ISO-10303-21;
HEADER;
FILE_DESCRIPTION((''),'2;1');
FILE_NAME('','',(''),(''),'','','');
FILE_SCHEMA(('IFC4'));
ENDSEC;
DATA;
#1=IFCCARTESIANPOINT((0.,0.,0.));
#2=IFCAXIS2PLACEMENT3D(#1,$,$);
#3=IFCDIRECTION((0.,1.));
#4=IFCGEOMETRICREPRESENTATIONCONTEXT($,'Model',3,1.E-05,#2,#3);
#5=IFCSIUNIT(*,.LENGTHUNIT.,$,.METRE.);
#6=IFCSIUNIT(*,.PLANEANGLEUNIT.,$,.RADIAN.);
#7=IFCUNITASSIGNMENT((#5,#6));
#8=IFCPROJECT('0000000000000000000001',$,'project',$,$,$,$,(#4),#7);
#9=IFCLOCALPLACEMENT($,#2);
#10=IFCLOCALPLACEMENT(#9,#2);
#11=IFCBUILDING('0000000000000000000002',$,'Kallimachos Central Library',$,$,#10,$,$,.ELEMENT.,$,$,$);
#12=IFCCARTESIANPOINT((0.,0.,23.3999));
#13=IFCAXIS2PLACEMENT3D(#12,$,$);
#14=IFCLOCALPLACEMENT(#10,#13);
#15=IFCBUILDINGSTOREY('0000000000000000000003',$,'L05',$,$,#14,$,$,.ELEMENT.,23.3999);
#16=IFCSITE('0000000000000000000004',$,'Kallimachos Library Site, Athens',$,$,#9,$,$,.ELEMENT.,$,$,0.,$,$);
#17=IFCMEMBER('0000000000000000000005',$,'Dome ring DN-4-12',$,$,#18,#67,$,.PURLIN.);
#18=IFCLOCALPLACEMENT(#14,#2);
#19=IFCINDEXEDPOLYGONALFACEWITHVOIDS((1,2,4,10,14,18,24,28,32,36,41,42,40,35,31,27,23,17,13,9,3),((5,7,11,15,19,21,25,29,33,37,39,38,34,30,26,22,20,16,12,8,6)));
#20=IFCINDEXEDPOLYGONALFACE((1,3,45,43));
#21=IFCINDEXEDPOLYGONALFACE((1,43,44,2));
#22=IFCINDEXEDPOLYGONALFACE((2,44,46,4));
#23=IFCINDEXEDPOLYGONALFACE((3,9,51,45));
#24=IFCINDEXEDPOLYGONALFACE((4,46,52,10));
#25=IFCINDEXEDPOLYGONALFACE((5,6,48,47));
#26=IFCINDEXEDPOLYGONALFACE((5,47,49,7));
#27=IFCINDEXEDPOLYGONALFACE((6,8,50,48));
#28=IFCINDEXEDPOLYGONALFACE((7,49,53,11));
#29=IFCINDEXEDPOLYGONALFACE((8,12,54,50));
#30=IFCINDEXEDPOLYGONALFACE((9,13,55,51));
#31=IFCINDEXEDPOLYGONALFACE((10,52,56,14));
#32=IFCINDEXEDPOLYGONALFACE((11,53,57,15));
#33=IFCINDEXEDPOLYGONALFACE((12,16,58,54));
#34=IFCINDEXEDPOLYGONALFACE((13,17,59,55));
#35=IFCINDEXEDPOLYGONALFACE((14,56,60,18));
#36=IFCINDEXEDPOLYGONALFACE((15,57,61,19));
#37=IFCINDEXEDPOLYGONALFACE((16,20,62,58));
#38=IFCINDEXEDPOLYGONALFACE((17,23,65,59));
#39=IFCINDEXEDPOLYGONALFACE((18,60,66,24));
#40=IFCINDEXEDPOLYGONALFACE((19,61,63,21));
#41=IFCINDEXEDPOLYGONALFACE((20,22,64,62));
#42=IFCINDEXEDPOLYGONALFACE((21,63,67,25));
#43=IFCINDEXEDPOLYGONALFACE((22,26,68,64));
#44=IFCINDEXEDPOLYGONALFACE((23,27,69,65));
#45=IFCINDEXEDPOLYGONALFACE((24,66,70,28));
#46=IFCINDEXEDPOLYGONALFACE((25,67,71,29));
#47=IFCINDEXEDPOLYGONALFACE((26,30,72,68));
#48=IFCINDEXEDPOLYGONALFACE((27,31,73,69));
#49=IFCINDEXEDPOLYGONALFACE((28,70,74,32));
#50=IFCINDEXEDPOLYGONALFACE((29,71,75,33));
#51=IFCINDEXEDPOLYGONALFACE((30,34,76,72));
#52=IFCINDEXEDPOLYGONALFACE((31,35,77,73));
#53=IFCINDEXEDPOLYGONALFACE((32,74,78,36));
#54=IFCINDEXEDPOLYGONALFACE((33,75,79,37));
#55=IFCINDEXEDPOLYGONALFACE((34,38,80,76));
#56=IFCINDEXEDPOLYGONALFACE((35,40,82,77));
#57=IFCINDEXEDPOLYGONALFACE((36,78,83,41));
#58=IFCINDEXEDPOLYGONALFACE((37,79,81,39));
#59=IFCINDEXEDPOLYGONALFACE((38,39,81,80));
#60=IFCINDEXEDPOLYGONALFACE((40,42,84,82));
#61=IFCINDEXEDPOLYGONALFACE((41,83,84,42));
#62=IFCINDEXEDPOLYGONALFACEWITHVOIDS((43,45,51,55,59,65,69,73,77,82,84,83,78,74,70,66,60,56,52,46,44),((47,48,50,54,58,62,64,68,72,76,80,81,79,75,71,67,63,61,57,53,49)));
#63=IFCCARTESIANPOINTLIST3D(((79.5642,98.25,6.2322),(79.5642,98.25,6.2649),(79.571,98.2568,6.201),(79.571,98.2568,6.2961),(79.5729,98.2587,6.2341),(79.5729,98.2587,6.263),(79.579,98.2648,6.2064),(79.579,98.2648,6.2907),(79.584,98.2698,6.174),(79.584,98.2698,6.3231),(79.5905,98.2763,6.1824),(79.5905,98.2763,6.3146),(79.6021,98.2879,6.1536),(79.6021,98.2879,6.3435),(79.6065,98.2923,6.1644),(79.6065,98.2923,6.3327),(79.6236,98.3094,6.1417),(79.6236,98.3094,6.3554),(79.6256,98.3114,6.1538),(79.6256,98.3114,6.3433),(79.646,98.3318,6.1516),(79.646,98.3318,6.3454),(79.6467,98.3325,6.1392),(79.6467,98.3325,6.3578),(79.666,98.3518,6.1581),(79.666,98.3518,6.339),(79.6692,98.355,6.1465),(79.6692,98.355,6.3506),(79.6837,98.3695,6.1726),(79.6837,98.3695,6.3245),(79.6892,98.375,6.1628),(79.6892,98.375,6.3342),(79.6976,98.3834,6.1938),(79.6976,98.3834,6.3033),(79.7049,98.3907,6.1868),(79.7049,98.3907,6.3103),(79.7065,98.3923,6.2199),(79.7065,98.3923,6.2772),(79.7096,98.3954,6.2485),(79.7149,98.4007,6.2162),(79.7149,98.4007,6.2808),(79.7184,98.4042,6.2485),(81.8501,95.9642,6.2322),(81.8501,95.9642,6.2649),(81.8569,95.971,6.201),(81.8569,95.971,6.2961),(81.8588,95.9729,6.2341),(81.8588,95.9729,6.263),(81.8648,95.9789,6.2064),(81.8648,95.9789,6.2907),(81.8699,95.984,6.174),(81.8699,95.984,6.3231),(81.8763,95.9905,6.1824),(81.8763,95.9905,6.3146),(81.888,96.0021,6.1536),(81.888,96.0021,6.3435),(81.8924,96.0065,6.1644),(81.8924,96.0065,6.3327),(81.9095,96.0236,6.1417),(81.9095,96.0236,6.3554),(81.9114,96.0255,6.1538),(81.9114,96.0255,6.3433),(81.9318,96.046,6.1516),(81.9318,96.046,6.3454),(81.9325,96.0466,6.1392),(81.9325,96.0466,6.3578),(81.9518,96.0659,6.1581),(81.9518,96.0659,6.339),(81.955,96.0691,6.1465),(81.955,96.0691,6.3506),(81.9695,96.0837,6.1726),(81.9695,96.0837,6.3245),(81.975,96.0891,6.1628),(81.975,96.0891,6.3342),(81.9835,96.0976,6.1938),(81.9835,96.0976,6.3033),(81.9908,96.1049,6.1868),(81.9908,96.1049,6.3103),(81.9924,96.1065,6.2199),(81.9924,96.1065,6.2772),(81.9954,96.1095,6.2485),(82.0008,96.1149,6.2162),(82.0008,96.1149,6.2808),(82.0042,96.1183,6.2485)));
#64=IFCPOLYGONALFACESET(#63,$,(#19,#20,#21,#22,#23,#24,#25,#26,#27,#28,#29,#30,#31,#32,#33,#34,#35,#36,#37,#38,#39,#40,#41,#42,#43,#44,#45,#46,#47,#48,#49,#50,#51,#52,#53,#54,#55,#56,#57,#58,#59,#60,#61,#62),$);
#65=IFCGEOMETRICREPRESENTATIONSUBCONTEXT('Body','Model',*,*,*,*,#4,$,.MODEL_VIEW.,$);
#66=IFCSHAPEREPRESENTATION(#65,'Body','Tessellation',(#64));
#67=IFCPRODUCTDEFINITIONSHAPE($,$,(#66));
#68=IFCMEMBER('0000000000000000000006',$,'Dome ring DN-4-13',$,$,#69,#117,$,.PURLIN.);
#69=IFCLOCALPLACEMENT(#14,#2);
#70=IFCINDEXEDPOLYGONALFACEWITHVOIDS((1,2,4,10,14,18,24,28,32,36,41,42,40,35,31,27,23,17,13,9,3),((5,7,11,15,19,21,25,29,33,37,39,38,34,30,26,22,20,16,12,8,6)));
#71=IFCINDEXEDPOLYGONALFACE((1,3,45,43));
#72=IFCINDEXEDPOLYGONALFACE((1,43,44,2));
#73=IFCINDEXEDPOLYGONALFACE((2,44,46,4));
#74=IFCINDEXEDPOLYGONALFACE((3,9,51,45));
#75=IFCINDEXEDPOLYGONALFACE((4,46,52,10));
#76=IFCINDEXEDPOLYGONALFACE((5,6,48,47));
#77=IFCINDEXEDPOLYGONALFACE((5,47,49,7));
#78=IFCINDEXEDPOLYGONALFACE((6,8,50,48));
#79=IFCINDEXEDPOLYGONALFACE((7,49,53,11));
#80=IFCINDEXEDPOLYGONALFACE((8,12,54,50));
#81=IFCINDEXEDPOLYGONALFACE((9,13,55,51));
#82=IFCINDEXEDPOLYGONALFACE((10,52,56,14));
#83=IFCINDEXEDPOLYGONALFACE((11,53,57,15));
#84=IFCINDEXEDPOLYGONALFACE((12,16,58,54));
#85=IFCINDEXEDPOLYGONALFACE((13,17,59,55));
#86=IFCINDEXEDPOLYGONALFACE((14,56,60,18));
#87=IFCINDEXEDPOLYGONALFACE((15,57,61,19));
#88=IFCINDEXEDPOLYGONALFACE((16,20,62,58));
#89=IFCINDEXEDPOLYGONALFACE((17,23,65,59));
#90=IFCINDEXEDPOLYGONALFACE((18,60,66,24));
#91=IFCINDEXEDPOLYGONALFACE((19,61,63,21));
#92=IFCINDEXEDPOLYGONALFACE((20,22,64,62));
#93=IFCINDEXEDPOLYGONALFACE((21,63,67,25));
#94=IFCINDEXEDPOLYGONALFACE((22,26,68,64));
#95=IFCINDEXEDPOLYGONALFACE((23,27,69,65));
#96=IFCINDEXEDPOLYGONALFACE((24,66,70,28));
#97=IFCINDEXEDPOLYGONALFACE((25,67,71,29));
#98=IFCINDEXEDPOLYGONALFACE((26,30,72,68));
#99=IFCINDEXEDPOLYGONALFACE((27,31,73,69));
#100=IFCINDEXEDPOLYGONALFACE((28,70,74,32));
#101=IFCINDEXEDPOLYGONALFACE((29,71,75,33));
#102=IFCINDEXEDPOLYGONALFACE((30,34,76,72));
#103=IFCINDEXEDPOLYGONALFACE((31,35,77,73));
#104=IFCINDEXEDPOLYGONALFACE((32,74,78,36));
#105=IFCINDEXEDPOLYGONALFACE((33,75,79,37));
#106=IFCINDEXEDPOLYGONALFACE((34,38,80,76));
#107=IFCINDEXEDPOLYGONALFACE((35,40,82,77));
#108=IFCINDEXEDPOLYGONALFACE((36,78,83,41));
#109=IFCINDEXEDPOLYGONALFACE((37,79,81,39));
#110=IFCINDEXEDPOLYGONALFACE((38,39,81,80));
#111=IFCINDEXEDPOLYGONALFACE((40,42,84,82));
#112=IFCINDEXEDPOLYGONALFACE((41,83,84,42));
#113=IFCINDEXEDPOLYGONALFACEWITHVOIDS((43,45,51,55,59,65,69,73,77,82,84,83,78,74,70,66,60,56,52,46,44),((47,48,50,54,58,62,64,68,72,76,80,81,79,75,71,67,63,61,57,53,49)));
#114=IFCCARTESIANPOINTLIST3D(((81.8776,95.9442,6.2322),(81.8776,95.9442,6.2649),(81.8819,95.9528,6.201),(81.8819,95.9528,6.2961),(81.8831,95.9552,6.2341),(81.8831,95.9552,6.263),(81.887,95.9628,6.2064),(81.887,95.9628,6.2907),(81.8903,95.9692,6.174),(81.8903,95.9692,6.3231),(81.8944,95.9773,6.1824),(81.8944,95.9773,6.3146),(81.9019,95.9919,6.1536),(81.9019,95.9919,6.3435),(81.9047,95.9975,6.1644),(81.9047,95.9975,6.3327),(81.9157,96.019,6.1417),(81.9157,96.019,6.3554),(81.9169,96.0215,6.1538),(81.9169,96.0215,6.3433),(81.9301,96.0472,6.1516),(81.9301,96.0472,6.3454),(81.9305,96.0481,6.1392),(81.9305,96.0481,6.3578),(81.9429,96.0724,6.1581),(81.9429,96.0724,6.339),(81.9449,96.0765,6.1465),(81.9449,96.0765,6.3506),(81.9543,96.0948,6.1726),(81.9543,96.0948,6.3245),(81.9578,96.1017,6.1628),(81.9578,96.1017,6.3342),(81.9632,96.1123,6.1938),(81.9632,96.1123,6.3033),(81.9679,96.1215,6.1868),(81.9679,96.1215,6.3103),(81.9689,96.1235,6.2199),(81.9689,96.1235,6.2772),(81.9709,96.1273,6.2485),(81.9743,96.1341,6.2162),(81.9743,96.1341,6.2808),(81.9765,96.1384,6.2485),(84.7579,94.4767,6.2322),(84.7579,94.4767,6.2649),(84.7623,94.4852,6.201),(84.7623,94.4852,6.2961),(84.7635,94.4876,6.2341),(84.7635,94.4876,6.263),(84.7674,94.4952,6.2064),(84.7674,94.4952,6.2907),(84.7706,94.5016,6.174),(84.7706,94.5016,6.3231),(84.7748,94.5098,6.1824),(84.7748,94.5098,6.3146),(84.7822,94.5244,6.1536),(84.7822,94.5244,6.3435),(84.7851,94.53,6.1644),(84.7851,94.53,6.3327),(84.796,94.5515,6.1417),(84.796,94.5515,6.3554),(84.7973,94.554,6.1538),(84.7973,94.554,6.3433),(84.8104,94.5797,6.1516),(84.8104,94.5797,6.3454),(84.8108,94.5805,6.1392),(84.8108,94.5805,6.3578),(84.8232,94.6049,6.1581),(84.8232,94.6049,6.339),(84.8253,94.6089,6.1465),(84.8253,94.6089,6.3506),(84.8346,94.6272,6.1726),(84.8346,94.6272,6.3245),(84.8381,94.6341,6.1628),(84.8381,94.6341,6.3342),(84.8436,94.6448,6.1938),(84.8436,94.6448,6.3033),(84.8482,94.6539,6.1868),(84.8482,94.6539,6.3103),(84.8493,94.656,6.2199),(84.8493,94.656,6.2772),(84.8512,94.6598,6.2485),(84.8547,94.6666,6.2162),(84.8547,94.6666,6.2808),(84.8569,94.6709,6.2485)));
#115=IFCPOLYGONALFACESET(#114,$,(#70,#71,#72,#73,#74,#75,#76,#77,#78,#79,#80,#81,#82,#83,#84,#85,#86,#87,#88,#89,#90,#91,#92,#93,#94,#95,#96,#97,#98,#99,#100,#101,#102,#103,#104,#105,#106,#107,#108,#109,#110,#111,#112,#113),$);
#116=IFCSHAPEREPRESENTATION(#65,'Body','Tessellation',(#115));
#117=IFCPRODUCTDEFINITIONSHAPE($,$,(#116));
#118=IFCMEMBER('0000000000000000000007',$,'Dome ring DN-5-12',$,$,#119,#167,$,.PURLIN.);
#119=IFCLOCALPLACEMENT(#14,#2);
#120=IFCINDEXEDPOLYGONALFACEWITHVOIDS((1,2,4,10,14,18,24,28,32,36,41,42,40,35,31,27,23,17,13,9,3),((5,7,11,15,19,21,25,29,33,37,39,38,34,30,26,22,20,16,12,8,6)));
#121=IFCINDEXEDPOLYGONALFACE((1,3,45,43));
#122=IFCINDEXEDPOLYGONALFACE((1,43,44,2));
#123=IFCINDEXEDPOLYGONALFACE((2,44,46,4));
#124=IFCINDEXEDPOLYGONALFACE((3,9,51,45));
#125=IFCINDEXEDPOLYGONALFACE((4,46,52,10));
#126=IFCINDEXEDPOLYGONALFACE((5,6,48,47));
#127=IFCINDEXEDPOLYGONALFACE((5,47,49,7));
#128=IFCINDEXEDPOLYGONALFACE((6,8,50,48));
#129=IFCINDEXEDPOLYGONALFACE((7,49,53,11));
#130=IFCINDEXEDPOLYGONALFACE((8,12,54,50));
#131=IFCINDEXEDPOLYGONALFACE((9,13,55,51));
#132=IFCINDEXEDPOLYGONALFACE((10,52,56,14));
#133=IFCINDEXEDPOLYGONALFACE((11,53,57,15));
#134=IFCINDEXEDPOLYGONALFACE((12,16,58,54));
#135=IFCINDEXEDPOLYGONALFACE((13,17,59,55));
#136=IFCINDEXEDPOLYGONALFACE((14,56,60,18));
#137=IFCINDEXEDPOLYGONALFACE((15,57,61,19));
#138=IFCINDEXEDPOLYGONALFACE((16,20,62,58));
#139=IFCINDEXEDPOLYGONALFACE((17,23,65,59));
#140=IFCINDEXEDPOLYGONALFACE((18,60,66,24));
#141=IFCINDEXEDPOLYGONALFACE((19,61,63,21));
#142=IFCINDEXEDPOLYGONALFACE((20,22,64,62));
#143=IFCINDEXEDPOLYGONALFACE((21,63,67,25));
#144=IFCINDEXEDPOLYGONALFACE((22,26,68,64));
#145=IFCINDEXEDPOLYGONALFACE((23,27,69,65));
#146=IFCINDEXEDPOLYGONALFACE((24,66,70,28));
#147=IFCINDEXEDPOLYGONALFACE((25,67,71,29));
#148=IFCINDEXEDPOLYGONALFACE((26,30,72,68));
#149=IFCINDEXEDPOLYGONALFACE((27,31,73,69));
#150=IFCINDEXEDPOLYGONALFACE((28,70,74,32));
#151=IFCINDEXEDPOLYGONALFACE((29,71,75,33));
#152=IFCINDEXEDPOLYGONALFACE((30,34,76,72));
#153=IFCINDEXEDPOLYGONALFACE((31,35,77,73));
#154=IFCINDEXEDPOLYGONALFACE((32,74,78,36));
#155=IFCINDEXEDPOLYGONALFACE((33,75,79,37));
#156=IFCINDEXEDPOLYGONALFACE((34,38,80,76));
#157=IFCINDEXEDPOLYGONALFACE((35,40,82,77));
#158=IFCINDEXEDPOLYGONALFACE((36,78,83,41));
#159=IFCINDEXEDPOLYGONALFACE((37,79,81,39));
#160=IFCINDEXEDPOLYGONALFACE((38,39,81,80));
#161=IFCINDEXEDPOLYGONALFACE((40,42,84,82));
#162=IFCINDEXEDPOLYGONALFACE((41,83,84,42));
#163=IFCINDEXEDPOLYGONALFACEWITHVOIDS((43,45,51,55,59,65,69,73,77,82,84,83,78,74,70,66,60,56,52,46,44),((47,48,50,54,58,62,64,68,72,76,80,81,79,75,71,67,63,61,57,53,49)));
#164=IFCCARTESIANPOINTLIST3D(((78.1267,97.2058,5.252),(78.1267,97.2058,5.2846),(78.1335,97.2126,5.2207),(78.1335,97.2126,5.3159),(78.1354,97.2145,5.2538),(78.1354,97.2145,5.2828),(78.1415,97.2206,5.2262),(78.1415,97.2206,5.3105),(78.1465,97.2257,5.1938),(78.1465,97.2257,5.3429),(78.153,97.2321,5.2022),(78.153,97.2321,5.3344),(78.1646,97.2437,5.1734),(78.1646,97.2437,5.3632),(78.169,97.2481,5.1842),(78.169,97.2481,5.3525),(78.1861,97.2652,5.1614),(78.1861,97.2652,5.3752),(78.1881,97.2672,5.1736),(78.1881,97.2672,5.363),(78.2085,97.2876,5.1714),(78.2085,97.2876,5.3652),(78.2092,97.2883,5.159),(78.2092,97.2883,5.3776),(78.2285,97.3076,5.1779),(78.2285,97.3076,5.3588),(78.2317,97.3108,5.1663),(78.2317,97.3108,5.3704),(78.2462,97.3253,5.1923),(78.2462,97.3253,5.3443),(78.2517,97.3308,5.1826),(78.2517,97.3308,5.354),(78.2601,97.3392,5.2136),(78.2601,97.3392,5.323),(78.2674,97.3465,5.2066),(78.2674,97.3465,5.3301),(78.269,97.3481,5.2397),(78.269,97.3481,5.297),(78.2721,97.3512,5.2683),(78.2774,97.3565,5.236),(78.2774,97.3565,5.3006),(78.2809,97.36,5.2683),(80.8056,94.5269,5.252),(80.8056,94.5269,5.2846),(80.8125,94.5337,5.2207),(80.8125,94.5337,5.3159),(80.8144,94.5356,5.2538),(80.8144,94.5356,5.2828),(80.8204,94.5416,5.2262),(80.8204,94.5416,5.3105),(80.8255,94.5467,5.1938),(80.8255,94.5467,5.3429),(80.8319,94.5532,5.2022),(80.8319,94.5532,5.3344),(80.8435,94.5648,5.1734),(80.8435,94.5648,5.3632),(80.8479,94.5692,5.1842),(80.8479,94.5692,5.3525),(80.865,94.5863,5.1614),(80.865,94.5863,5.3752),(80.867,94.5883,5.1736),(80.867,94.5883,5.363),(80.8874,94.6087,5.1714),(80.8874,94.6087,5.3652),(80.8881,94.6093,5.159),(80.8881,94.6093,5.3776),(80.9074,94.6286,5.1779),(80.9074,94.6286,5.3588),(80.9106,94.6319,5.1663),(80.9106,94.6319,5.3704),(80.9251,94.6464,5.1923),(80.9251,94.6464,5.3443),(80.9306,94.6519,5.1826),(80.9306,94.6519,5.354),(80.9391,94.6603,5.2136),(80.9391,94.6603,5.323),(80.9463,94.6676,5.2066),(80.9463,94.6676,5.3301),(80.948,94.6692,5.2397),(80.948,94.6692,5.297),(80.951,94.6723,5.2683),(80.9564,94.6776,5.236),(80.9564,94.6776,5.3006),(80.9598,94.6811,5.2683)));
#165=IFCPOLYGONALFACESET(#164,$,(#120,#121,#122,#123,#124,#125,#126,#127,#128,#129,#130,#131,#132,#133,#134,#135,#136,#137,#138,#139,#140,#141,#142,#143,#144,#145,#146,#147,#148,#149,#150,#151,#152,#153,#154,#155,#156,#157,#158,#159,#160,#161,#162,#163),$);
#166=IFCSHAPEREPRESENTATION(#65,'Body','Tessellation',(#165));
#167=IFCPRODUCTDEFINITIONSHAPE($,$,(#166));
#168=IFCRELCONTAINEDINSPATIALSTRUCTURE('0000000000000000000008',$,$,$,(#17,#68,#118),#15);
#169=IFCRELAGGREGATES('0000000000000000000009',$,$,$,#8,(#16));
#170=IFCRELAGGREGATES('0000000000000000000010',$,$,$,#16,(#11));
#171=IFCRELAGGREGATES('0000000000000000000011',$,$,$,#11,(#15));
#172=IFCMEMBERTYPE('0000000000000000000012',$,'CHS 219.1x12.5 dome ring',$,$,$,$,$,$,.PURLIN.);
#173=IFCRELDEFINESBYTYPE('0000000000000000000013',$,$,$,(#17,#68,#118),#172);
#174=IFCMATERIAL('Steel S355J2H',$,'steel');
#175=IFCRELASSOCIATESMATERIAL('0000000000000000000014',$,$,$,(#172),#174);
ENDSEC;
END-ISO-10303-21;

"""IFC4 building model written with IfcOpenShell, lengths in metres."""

from ifc_helpers import new_model, si_unit, direction, frame, origin, origin_2d, place, context, subcontext, project, spatial, hollow_circle, extrude, material, material_profile, profile_set, type_object, element, save


model = new_model("IFC4")

# Units and contexts
model_context = context("Model", 3, precision=1e-05, world=origin(), true_north=direction((0.0, 1.0)))
body_context = subcontext(model_context, "Body", "Model", "MODEL_VIEW")
ifc_project = project(units=[si_unit("LENGTHUNIT", "METRE"), si_unit("PLANEANGLEUNIT", "RADIAN")], contexts=[model_context])

# Site, building, storey
site_placement = place(None, origin())
site = spatial("IfcSite", under=ifc_project, at=site_placement, Name="Kallimachos Library Site, Athens", CompositionType="ELEMENT", RefElevation=0.0)
building_placement = place(site_placement, origin())
building = spatial("IfcBuilding", under=site, at=building_placement, Name="Kallimachos Central Library", CompositionType="ELEMENT")
storey_placement = place(building_placement, frame((0.0, 0.0, 23.3999)))
storey = spatial("IfcBuildingStorey", under=building, at=storey_placement, Name="L05", CompositionType="ELEMENT", Elevation=23.3999)

# Members
ifc_material_1 = material(Name="Steel S355J2H", Category="steel")
ifc_material_profile_1 = material_profile(ifc_material_1, hollow_circle(Radius=0.1096, WallThickness=0.0125, at=origin_2d()), Name="CHS 219.1x12.5")
ifc_profile_set_1 = profile_set([ifc_material_profile_1], Name="Steel S355J2H")
member_type_1 = type_object("IfcMemberType", Name="CHS 219.1x12.5 dome ring", PredefinedType="PURLIN", material=ifc_profile_set_1)
for number, where, z_axis, x_axis, name in (
    (1, (79.6409, 98.3267, 6.2485), (0.707107, -0.707107, 0.0), (0.707107, 0.707107, 0.0), "Dome ring DN-4-12"),
    (2, (81.9268, 96.0408, 6.2485), (0.891018, -0.453968, 0.0), (0.453968, 0.891018, 0.0), "Dome ring DN-4-13"),
):
    element("IfcMember", number, at=place(storey_placement, frame(where, z_axis=z_axis, x_axis=x_axis)), inside=storey, type_object=member_type_1, Name=name, PredefinedType="PURLIN", context=body_context, shape_type="SweptSolid", body=[
        extrude(hollow_circle(Radius=0.1096, WallThickness=0.0125, at=origin_2d()), origin(), (0.0, 0.0, 1.0), 3.2327),
    ])
for number, where, z_axis, x_axis, name in (
    (3, (78.2034, 97.2825, 5.2683), (0.707107, -0.707107, 0.0), (0.707107, 0.707107, 0.0), "Dome ring DN-5-12"),
):
    element("IfcMember", number, at=place(storey_placement, frame(where, z_axis=z_axis, x_axis=x_axis)), inside=storey, type_object=member_type_1, Name=name, PredefinedType="PURLIN", context=body_context, shape_type="SweptSolid", body=[
        extrude(hollow_circle(Radius=0.1096, WallThickness=0.0125, at=origin_2d()), origin(), (0.0, 0.0, 1.0), 3.7886),
    ])

save(model, "model.ifc")
